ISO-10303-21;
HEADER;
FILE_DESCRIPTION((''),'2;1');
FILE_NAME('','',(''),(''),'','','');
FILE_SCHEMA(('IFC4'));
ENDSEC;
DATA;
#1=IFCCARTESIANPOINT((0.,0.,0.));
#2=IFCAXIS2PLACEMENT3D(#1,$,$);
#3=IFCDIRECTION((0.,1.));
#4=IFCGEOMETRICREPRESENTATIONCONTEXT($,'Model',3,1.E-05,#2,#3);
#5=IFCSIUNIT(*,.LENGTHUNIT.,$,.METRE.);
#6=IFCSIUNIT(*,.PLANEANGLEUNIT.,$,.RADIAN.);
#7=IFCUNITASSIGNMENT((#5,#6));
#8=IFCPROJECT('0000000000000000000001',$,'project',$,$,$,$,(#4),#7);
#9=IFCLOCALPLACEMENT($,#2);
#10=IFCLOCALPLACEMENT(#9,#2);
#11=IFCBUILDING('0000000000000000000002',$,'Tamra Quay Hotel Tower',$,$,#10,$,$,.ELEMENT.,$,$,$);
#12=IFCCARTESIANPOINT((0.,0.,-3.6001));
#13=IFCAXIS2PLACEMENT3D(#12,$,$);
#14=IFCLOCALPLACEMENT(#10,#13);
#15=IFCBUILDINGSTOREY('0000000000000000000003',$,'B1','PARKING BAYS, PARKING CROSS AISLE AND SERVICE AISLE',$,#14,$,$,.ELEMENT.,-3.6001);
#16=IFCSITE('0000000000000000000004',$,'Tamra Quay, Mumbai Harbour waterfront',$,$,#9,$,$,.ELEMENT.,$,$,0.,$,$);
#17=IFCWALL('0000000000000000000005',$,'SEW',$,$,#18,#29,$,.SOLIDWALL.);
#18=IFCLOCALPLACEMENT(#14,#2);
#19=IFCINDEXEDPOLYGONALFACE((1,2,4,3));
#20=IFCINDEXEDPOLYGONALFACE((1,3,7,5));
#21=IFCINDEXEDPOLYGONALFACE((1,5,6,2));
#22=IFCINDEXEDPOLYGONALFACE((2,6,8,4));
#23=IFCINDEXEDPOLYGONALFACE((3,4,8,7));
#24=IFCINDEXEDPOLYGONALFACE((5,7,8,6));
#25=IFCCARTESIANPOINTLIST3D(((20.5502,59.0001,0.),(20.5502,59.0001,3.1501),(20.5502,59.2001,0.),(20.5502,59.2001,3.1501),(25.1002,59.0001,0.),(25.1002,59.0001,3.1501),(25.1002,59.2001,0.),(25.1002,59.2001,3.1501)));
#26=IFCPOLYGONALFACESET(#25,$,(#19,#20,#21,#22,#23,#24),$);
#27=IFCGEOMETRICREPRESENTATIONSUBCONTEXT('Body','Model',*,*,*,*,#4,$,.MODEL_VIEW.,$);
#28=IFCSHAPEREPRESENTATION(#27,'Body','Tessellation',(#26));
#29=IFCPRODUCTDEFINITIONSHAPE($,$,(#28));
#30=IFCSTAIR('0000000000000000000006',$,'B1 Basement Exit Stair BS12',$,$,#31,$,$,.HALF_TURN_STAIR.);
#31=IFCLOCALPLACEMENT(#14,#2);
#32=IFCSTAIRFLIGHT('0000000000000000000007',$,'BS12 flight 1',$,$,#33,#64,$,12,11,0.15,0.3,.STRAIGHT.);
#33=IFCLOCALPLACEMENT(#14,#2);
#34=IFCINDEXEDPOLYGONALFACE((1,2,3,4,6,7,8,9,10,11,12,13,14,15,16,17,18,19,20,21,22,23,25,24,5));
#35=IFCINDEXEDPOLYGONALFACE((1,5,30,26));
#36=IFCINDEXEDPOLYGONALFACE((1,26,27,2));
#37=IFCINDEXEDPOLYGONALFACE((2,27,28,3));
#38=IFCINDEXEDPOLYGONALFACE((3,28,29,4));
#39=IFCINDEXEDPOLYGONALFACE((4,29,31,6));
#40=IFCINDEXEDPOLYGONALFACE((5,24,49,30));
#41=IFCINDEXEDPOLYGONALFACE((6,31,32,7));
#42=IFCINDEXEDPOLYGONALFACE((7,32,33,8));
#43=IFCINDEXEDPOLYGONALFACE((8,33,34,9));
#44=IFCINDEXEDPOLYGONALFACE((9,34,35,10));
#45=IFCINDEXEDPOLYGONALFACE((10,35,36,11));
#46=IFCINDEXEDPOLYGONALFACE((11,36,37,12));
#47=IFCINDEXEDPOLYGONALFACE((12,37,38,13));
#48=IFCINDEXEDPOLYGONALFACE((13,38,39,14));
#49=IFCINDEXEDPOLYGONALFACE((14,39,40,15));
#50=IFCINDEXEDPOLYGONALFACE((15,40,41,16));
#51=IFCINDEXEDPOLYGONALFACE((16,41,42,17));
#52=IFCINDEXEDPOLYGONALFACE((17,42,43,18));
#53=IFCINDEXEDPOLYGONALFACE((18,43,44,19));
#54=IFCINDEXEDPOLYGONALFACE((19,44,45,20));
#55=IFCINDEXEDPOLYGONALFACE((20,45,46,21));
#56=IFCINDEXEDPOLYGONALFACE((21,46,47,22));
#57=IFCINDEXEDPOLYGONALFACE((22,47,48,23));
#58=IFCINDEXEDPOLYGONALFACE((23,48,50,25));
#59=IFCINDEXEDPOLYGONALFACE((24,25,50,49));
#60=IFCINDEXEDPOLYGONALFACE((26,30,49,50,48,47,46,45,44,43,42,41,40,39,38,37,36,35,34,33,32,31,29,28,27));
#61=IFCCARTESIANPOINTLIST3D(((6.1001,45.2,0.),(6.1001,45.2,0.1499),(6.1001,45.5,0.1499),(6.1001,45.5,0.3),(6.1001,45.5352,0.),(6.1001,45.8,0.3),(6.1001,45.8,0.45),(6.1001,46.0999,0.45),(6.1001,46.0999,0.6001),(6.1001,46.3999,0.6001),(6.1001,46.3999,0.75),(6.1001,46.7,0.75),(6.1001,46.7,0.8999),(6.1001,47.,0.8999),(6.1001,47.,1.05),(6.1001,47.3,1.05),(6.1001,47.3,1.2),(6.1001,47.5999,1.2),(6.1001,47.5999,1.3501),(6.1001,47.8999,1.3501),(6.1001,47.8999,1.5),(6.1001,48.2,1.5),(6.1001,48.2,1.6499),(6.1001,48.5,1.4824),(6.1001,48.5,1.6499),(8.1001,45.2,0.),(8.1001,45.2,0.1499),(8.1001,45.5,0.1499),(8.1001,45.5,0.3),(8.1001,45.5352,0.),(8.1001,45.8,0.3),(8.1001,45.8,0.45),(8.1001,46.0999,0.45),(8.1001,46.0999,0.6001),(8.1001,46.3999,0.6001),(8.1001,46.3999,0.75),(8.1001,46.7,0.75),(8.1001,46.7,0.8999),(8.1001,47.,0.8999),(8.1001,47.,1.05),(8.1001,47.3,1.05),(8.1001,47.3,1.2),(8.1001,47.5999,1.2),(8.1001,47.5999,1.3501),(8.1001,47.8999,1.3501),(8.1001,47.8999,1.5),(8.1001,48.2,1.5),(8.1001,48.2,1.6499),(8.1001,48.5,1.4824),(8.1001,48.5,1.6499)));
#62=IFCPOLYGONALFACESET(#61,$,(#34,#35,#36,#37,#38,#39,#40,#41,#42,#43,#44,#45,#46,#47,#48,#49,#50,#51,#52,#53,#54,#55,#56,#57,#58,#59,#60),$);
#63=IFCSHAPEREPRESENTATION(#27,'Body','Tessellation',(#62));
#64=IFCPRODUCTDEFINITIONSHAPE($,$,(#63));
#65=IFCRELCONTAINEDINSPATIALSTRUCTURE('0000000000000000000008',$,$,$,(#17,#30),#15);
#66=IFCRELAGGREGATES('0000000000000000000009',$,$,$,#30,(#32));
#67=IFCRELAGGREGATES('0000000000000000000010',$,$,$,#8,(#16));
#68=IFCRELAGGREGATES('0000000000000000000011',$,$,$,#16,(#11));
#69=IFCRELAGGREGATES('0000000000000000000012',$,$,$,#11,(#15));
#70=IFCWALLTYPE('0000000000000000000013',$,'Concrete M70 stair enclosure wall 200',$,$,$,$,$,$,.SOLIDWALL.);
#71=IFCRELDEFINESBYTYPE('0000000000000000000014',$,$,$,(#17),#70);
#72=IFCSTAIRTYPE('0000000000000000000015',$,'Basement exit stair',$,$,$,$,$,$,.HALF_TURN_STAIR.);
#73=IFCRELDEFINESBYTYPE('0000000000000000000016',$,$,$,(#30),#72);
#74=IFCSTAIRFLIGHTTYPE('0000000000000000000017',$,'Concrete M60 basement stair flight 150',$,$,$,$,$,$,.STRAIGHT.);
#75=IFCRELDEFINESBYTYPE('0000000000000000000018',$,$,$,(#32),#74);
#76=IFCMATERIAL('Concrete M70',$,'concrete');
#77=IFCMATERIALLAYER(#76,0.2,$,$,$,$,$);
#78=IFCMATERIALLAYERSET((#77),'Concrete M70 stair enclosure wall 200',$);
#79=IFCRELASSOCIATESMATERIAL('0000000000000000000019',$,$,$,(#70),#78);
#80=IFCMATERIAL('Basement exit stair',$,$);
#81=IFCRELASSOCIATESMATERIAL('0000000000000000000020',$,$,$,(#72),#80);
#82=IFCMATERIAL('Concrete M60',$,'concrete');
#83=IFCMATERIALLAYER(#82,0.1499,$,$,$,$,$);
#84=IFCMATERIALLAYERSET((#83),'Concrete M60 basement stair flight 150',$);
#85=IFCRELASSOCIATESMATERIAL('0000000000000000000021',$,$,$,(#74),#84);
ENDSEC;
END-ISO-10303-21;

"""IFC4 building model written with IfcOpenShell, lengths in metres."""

from ifc_helpers import new_model, si_unit, direction, frame, frame_2d, origin, place, context, subcontext, project, spatial, polyline, rectangle, outline, extrude, material, layer, layer_set, type_object, element, aggregate, save


model = new_model("IFC4")

# Units and contexts
model_context = context("Model", 3, precision=1e-05, world=origin(), true_north=direction((0.0, 1.0)))
body_context = subcontext(model_context, "Body", "Model", "MODEL_VIEW")
ifc_project = project(units=[si_unit("LENGTHUNIT", "METRE"), si_unit("PLANEANGLEUNIT", "RADIAN")], contexts=[model_context])

# Site, building, storey
site_placement = place(None, origin())
site = spatial("IfcSite", under=ifc_project, at=site_placement, Name="Tamra Quay, Mumbai Harbour waterfront", CompositionType="ELEMENT", RefElevation=0.0)
building_placement = place(site_placement, origin())
building = spatial("IfcBuilding", under=site, at=building_placement, Name="Tamra Quay Hotel Tower", CompositionType="ELEMENT")
storey_placement = place(building_placement, frame((0.0, 0.0, -3.6001)))
storey = spatial("IfcBuildingStorey", under=building, at=storey_placement, Name="B1", Description="PARKING BAYS, PARKING CROSS AISLE AND SERVICE AISLE", CompositionType="ELEMENT", Elevation=-3.6001)

# Shared definitions
ifc_material_1 = material(Name="Concrete M70", Category="concrete")

# Shared definitions
ifc_layer_1 = layer(ifc_material_1, 0.2)
ifc_layer_set_1 = layer_set([ifc_layer_1], Name="Concrete M70 stair enclosure wall 200")
wall_type_1 = type_object("IfcWallType", Name="Concrete M70 stair enclosure wall 200", PredefinedType="SOLIDWALL", material=ifc_layer_set_1)

# Wall
for number, where, z_axis, x_axis, name in (
    (1, (25.1001, 59.1001, 0.0), (0.0, 0.0, 1.0), (-1.0, 0.0, 0.0), "SEW"),
):
    element("IfcWall", number, at=place(storey_placement, frame(where, z_axis=z_axis, x_axis=x_axis)), inside=storey, type_object=wall_type_1, Name=name, PredefinedType="SOLIDWALL", context=body_context, shape_type="SweptSolid", body=[
        extrude(rectangle(XDim=4.55, YDim=0.2, at=frame_2d((2.2749, 0.0))), origin(), (0.0, 0.0, 1.0), 3.1501),
    ])

# Stair, stair flight
ifc_material_2 = material(Name="Basement exit stair")
stair_type = type_object("IfcStairType", Name="Basement exit stair", PredefinedType="HALF_TURN_STAIR", material=ifc_material_2)
stair_placement = place(storey_placement, origin())
stair = element("IfcStair", 2, at=stair_placement, inside=storey, type_object=stair_type, Name="B1 Basement Exit Stair BS12", PredefinedType="HALF_TURN_STAIR")
ifc_material_3 = material(Name="Concrete M60", Category="concrete")
ifc_layer_2 = layer(ifc_material_3, 0.1499)
ifc_layer_set_2 = layer_set([ifc_layer_2], Name="Concrete M60 basement stair flight 150")
stair_flight_type = type_object("IfcStairFlightType", Name="Concrete M60 basement stair flight 150", PredefinedType="STRAIGHT", material=ifc_layer_set_2)
stair_flight_placement = place(storey_placement, frame((7.1001, 45.2, 0.0), z_axis=(0.0, 0.0, 1.0), x_axis=(0.0, 1.0, 0.0)))
stair_flight = element("IfcStairFlight", 3, at=stair_flight_placement, type_object=stair_flight_type, Name="BS12 flight 1", NumberOfRisers=12, NumberOfTreads=11, PredefinedType="STRAIGHT", RiserHeight=0.15, TreadLength=0.3, context=body_context, shape_type="SweptSolid", body=[
    extrude(outline(polyline([(0.0, 0.0), (0.0, 0.1499), (0.3, 0.1499), (0.3, 0.3), (0.6001, 0.3), (0.6001, 0.45), (0.8999, 0.45), (0.8999, 0.6001), (1.2, 0.6001), (1.2, 0.75), (1.5, 0.75), (1.5, 0.8999), (1.8, 0.8999), (1.8, 1.05), (2.1001, 1.05), (2.1001, 1.2), (2.3999, 1.2), (2.3999, 1.3501), (2.7, 1.3501), (2.7, 1.5), (3.0, 1.5), (3.0, 1.6499), (3.3, 1.6499), (3.3, 1.8), (3.3, 1.4824), (0.3352, 0.0), (0.0, 0.0)])), frame((0.0, 1.0, 0.0), z_axis=(0.0, -1.0, 0.0), x_axis=(1.0, 0.0, 0.0)), (0.0, 0.0, 1.0), 2.0),
])
aggregate(stair, [stair_flight])

save(model, "model.ifc")
